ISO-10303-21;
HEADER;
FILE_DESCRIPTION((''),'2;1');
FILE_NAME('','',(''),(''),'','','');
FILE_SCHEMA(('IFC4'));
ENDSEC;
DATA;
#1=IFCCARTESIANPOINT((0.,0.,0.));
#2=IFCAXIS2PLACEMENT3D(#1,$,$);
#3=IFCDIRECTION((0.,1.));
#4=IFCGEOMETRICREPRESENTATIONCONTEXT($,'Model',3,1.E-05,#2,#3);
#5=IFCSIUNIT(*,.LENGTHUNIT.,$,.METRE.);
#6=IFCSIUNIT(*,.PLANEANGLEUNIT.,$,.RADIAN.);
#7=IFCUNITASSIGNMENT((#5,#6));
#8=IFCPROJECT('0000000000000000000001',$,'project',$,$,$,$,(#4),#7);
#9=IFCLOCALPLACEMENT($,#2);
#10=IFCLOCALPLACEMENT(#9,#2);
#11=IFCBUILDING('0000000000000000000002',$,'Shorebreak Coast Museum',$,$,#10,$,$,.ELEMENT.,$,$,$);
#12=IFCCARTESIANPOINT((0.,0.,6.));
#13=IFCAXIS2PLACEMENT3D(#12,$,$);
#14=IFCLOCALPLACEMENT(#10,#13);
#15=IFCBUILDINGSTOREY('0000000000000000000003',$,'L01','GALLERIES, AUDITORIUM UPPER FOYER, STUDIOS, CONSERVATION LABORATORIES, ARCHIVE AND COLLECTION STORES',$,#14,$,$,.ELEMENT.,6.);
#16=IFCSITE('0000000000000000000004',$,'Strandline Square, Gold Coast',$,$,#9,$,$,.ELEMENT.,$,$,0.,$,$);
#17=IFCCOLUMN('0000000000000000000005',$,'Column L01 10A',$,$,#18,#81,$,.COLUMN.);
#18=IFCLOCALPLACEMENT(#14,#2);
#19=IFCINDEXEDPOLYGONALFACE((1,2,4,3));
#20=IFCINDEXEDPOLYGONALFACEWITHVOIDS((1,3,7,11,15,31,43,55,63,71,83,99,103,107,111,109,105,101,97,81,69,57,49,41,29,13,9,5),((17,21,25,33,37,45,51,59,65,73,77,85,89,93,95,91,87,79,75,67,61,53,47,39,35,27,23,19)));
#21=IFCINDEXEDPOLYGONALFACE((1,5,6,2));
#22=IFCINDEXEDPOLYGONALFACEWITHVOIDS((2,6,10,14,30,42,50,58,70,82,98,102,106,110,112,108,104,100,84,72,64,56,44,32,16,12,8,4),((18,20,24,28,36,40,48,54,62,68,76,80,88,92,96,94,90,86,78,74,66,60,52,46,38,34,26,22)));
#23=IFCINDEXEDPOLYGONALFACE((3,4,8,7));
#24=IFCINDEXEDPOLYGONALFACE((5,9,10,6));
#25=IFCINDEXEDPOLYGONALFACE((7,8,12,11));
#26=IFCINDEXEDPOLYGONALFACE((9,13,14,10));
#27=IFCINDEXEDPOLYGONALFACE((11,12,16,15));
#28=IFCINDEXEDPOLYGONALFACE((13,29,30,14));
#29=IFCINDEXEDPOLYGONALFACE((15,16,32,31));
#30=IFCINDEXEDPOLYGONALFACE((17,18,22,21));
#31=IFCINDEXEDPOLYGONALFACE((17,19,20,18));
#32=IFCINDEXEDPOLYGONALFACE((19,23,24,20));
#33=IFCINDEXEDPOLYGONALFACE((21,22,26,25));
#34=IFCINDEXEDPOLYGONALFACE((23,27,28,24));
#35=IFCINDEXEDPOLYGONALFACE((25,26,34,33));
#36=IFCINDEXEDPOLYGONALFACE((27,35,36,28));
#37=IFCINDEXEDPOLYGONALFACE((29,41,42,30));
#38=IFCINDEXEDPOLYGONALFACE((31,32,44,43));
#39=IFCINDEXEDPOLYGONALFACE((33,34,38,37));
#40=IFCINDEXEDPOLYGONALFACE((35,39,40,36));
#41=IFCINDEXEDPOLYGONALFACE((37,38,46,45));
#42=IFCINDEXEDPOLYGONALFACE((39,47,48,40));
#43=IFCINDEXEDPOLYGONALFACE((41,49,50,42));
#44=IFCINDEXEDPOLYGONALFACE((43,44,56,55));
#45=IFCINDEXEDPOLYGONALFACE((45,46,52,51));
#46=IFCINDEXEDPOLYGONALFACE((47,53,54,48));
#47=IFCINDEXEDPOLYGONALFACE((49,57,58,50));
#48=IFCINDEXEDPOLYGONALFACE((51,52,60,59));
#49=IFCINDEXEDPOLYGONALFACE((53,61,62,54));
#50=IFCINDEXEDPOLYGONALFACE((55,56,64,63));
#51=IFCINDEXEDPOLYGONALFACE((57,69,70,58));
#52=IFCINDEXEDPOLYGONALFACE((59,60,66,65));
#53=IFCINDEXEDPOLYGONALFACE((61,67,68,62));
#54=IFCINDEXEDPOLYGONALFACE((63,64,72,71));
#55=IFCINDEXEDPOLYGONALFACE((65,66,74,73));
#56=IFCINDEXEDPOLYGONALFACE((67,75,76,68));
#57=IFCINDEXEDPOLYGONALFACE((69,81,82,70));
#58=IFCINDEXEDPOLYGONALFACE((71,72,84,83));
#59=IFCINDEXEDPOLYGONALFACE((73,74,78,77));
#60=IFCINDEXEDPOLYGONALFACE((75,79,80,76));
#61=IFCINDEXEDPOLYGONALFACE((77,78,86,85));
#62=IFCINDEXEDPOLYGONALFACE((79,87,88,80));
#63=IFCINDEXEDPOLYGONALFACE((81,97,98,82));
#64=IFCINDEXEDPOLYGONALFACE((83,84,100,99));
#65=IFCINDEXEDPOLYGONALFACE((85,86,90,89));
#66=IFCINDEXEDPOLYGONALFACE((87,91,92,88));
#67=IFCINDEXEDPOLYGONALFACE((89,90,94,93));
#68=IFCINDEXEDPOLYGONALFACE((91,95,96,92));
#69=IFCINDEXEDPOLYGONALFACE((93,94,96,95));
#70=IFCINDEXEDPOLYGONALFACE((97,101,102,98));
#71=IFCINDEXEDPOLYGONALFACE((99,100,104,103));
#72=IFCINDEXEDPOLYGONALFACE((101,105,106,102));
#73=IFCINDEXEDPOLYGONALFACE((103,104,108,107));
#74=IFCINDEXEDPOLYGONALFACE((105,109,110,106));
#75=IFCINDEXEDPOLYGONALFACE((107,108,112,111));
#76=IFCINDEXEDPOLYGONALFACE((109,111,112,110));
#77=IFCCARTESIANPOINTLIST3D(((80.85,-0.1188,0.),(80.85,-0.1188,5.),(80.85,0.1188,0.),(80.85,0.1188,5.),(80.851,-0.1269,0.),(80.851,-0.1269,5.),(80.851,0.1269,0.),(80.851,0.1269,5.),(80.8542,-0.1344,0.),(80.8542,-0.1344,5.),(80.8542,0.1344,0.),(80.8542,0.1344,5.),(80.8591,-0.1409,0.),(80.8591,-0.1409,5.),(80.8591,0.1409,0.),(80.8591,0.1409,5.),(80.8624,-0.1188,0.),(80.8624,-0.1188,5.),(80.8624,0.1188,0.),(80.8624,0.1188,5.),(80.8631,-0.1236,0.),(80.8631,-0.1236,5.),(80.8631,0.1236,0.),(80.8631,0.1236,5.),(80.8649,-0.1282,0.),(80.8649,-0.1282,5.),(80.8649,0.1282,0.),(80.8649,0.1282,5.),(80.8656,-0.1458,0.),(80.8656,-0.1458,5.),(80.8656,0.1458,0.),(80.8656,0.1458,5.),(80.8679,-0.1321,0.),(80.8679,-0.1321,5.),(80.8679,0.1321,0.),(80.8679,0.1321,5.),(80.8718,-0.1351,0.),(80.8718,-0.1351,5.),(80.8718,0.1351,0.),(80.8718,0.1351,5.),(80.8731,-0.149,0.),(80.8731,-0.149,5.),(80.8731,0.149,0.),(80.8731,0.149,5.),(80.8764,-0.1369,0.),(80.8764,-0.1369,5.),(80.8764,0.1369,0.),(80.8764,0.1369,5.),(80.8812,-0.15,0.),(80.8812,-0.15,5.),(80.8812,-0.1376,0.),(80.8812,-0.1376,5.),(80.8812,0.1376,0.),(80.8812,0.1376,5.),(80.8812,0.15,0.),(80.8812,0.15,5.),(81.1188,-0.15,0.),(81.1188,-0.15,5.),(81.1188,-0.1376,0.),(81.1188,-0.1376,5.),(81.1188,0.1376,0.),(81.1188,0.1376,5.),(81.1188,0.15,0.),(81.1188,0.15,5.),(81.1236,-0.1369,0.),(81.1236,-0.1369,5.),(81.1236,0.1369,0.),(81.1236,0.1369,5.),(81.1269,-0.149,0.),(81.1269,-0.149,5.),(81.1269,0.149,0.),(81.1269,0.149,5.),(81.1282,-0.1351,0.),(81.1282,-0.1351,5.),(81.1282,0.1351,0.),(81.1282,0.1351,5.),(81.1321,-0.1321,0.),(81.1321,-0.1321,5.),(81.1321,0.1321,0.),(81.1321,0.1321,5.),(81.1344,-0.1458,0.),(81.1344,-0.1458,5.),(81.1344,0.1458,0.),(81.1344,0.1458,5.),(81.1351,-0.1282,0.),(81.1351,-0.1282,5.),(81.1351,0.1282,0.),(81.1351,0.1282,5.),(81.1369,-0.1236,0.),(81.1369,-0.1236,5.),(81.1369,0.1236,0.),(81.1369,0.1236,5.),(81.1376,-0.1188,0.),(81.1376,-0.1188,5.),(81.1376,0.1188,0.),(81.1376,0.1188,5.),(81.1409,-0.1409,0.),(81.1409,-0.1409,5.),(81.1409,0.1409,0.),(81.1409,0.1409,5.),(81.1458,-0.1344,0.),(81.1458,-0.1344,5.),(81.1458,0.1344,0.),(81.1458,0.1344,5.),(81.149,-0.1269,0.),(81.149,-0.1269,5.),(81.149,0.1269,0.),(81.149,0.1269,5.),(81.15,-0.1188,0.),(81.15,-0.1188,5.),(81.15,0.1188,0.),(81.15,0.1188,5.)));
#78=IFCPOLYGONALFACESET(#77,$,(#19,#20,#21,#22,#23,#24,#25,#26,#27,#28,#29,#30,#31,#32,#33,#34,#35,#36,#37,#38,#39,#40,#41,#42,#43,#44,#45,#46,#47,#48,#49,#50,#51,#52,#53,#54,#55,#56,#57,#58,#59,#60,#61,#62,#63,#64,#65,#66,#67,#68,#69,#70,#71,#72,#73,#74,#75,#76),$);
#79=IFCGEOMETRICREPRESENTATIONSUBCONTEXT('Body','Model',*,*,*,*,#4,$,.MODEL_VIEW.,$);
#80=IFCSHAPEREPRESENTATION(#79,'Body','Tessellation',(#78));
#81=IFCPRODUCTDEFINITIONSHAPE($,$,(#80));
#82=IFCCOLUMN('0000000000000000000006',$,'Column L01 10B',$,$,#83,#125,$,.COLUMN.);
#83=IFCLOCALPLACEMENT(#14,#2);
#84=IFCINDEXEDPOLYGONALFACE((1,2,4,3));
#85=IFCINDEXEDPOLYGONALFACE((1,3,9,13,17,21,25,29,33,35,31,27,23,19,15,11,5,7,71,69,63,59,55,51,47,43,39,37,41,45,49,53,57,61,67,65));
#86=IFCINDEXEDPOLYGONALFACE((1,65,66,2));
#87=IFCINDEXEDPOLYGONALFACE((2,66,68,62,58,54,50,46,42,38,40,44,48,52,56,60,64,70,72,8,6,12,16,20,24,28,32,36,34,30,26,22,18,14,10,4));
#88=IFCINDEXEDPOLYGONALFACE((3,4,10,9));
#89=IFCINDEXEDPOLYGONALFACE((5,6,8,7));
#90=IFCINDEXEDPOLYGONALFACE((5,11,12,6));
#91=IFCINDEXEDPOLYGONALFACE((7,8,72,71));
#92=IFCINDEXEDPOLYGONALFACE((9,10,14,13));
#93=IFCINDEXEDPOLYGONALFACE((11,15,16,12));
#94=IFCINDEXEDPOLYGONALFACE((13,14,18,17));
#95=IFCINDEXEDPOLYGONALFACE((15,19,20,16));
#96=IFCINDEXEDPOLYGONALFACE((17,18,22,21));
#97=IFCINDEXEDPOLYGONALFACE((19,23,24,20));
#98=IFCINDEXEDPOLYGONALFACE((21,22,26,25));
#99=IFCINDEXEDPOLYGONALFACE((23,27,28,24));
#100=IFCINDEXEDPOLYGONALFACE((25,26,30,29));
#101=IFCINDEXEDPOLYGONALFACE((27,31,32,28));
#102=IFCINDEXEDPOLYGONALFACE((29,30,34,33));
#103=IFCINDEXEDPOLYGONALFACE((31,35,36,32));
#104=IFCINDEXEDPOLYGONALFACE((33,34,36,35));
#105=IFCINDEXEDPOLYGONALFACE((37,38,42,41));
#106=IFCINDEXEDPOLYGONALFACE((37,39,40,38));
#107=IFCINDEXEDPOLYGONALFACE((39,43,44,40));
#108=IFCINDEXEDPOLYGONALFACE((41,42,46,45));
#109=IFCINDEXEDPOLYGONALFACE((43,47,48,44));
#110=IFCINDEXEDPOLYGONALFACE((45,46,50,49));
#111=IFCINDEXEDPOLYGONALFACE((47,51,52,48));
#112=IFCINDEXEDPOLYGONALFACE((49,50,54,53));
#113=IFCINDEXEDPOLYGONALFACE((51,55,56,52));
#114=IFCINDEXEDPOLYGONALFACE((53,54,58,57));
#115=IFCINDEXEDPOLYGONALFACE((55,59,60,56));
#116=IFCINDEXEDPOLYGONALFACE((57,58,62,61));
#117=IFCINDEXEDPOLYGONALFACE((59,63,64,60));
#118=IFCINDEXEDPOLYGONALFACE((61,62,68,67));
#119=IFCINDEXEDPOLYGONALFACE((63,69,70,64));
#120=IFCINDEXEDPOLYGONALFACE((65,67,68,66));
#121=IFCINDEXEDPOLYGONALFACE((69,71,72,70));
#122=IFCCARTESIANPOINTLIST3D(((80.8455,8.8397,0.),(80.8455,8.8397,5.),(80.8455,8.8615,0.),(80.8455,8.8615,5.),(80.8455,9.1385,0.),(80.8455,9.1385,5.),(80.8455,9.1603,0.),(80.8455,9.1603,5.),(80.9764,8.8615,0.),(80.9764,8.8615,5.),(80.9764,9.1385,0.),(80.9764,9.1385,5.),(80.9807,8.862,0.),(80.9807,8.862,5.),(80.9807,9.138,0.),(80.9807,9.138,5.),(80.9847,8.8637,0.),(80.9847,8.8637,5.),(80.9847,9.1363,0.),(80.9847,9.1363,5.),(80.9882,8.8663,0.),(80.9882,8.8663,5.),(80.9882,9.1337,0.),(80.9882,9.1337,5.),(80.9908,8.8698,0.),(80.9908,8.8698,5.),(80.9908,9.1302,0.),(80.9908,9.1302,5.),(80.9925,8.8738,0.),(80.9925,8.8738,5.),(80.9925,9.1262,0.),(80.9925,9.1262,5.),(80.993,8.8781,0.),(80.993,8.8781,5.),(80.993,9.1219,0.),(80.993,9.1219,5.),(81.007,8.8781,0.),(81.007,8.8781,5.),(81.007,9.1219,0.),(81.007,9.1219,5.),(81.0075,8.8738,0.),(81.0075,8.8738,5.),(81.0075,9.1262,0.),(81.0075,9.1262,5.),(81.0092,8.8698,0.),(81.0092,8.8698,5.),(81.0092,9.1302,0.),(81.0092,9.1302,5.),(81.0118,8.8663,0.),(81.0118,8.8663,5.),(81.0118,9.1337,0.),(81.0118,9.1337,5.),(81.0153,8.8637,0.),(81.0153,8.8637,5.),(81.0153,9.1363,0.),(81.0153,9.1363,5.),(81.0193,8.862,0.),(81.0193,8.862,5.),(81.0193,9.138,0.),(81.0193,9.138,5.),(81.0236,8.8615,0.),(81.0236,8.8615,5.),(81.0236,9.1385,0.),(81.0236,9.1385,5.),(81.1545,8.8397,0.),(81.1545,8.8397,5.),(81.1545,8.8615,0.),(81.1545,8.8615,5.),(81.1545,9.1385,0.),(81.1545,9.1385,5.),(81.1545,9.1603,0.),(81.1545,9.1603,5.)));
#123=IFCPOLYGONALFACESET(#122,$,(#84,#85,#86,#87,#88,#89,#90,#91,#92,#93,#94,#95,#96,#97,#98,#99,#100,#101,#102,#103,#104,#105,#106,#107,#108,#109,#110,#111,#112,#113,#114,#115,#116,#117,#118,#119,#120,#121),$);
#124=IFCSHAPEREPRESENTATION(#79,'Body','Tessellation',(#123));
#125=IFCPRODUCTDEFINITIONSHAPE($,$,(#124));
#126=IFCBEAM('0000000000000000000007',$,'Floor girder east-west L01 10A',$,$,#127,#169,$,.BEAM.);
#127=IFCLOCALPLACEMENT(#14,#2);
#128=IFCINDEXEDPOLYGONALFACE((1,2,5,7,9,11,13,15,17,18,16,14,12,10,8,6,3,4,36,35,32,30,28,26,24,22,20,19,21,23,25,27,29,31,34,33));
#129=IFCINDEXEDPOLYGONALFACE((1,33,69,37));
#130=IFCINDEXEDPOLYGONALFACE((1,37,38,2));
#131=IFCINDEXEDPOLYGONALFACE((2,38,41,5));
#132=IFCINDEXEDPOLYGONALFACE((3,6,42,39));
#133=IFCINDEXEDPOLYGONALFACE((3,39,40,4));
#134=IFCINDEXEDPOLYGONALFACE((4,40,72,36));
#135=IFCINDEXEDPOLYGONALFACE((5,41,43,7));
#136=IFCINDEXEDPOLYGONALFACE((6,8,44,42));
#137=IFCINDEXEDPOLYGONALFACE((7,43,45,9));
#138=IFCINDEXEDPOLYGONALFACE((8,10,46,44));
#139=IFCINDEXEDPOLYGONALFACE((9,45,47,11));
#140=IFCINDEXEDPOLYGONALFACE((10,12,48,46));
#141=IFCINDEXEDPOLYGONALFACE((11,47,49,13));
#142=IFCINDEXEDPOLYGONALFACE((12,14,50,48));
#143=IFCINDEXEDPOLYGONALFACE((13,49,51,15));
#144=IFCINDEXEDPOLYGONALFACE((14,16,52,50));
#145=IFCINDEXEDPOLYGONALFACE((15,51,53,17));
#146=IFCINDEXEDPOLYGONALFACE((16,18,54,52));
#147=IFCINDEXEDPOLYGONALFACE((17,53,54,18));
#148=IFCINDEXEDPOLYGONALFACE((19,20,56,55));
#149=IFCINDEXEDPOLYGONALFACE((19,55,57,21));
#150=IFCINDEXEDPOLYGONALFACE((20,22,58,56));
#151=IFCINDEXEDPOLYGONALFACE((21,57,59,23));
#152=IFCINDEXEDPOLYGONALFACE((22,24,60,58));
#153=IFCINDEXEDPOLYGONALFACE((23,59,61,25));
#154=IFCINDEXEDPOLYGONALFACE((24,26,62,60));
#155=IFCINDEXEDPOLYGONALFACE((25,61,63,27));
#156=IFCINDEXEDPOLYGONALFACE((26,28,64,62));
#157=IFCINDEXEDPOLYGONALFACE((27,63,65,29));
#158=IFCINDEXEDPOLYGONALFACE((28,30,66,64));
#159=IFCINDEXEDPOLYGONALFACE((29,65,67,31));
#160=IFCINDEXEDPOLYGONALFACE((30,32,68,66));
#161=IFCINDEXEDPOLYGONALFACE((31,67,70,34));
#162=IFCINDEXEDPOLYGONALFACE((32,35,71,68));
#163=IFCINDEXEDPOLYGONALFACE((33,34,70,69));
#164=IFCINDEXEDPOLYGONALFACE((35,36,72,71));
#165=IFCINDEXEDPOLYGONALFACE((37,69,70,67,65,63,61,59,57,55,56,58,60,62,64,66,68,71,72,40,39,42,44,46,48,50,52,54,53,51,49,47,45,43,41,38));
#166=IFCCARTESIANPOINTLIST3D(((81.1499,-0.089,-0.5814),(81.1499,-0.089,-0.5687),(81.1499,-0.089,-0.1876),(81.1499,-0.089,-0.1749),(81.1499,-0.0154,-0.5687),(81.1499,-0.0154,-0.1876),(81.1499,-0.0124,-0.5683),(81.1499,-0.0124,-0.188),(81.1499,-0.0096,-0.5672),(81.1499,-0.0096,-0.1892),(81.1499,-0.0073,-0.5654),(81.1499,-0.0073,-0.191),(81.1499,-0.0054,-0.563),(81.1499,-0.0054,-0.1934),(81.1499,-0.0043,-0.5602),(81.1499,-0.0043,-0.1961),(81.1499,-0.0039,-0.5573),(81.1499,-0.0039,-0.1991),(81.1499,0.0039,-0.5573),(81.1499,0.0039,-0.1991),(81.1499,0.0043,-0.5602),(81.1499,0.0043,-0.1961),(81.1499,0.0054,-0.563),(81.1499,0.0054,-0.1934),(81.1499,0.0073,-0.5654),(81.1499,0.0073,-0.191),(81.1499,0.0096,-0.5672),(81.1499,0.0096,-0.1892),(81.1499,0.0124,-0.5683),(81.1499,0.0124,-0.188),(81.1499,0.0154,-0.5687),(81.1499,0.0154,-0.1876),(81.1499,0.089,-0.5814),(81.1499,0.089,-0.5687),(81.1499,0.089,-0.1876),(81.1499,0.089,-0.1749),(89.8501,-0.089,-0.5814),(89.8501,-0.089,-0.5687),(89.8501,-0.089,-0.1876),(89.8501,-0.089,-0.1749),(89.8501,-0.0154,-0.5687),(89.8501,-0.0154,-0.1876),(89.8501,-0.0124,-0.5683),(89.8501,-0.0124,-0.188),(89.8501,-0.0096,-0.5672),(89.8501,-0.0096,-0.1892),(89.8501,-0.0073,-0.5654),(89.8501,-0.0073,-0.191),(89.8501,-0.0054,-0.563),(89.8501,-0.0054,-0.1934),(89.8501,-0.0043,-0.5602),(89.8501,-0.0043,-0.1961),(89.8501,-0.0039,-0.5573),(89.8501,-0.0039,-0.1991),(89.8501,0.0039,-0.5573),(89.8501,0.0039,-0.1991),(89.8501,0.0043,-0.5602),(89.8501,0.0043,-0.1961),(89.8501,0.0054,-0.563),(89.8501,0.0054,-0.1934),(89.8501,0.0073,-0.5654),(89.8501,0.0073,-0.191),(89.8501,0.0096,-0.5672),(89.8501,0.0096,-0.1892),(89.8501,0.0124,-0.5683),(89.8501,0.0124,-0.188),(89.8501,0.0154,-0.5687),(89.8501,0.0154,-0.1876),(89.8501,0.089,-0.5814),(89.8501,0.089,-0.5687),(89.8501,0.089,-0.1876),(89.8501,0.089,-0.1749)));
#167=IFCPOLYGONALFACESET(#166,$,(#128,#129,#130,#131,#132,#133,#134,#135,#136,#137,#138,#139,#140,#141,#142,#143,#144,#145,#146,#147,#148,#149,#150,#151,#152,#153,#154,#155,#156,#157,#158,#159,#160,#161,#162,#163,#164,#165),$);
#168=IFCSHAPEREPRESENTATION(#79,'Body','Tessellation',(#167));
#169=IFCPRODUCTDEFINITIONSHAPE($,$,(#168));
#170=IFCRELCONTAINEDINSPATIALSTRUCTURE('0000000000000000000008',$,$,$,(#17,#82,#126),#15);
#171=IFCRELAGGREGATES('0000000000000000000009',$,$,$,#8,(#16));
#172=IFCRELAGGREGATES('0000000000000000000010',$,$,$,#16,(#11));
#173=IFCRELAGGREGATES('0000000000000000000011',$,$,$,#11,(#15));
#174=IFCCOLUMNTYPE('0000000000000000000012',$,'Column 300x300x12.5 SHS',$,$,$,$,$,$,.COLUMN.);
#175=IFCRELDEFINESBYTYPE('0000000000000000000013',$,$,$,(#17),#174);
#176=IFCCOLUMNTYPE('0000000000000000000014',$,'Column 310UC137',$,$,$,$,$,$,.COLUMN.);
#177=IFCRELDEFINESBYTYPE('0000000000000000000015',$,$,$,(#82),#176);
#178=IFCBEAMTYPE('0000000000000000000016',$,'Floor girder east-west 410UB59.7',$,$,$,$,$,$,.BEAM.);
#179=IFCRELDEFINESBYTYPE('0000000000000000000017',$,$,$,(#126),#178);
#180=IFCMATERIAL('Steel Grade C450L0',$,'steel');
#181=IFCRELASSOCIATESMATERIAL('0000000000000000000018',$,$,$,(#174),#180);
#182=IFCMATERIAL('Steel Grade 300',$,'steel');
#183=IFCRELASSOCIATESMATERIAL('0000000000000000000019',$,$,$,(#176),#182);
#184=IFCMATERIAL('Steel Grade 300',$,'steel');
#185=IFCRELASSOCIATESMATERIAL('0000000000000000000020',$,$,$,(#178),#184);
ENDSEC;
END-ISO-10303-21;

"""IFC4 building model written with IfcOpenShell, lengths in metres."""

from ifc_helpers import new_model, si_unit, direction, frame, origin, origin_2d, place, context, subcontext, project, spatial, hollow_rectangle, i_section, extrude, material, material_profile, profile_set, type_object, element, save


model = new_model("IFC4")

# Units and contexts
model_context = context("Model", 3, precision=1e-05, world=origin(), true_north=direction((0.0, 1.0)))
body_context = subcontext(model_context, "Body", "Model", "MODEL_VIEW")
ifc_project = project(units=[si_unit("LENGTHUNIT", "METRE"), si_unit("PLANEANGLEUNIT", "RADIAN")], contexts=[model_context])

# Site, building, storey
site_placement = place(None, origin())
site = spatial("IfcSite", under=ifc_project, at=site_placement, Name="Strandline Square, Gold Coast", CompositionType="ELEMENT", RefElevation=0.0)
building_placement = place(site_placement, origin())
building = spatial("IfcBuilding", under=site, at=building_placement, Name="Shorebreak Coast Museum", CompositionType="ELEMENT")
storey_placement = place(building_placement, frame((0.0, 0.0, 6.0)))
storey = spatial("IfcBuildingStorey", under=building, at=storey_placement, Name="L01", Description="GALLERIES, AUDITORIUM UPPER FOYER, STUDIOS, CONSERVATION LABORATORIES, ARCHIVE AND COLLECTION STORES", CompositionType="ELEMENT", Elevation=6.0)

# Columns
ifc_material_1 = material(Name="Steel Grade C450L0", Category="steel")
ifc_material_profile_1 = material_profile(ifc_material_1, hollow_rectangle(XDim=0.3, YDim=0.3, WallThickness=0.0125, InnerFilletRadius=0.0188, OuterFilletRadius=0.0312, at=origin_2d()), Name="300x300x12.5 SHS")
ifc_profile_set_1 = profile_set([ifc_material_profile_1], Name="Steel Grade C450L0")
column_type_1 = type_object("IfcColumnType", Name="Column 300x300x12.5 SHS", PredefinedType="COLUMN", material=ifc_profile_set_1)
column_1_placement = place(storey_placement, frame((81.0, 0.0, 0.0), z_axis=(0.0, 0.0, 1.0), x_axis=(1.0, 0.0, 0.0)))
element("IfcColumn", 1, at=column_1_placement, inside=storey, type_object=column_type_1, Name="Column L01 10A", PredefinedType="COLUMN", context=body_context, shape_type="SweptSolid", body=[
    extrude(hollow_rectangle(XDim=0.3, YDim=0.3, WallThickness=0.0125, InnerFilletRadius=0.0188, OuterFilletRadius=0.0312, at=origin_2d()), origin(), (0.0, 0.0, 1.0), 5.0),
])
ifc_material_2 = material(Name="Steel Grade 300", Category="steel")
ifc_material_profile_2 = material_profile(ifc_material_2, i_section(OverallWidth=0.3091, OverallDepth=0.3206, WebThickness=0.0139, FlangeThickness=0.0217, FilletRadius=0.0166, at=origin_2d()), Name="310UC137")
ifc_profile_set_2 = profile_set([ifc_material_profile_2], Name="Steel Grade 300")
column_type_2 = type_object("IfcColumnType", Name="Column 310UC137", PredefinedType="COLUMN", material=ifc_profile_set_2)
column_2_placement = place(storey_placement, frame((81.0, 9.0, 0.0), z_axis=(0.0, 0.0, 1.0), x_axis=(1.0, 0.0, 0.0)))
element("IfcColumn", 2, at=column_2_placement, inside=storey, type_object=column_type_2, Name="Column L01 10B", PredefinedType="COLUMN", context=body_context, shape_type="SweptSolid", body=[
    extrude(i_section(OverallWidth=0.3091, OverallDepth=0.3206, WebThickness=0.0139, FlangeThickness=0.0217, FilletRadius=0.0166, at=origin_2d()), origin(), (0.0, 0.0, 1.0), 5.0),
])

# Beam
ifc_material_3 = material(Name="Steel Grade 300", Category="steel")
ifc_material_profile_3 = material_profile(ifc_material_3, i_section(OverallWidth=0.178, OverallDepth=0.4065, WebThickness=0.0078, FlangeThickness=0.0127, FilletRadius=0.0115, at=origin_2d()), Name="410UB59.7")
ifc_profile_set_3 = profile_set([ifc_material_profile_3], Name="Steel Grade 300")
beam_type_1 = type_object("IfcBeamType", Name="Floor girder east-west 410UB59.7", PredefinedType="BEAM", material=ifc_profile_set_3)
beam_1_placement = place(storey_placement, frame((81.1499, 0.0, -0.3782), z_axis=(1.0, 0.0, 0.0), x_axis=(0.0, 1.0, 0.0)))
element("IfcBeam", 3, at=beam_1_placement, inside=storey, type_object=beam_type_1, Name="Floor girder east-west L01 10A", PredefinedType="BEAM", context=body_context, shape_type="SweptSolid", body=[
    extrude(i_section(OverallWidth=0.178, OverallDepth=0.4065, WebThickness=0.0078, FlangeThickness=0.0127, FilletRadius=0.0115, at=origin_2d()), origin(), (0.0, 0.0, 1.0), 8.7002),
])

save(model, "model.ifc")
